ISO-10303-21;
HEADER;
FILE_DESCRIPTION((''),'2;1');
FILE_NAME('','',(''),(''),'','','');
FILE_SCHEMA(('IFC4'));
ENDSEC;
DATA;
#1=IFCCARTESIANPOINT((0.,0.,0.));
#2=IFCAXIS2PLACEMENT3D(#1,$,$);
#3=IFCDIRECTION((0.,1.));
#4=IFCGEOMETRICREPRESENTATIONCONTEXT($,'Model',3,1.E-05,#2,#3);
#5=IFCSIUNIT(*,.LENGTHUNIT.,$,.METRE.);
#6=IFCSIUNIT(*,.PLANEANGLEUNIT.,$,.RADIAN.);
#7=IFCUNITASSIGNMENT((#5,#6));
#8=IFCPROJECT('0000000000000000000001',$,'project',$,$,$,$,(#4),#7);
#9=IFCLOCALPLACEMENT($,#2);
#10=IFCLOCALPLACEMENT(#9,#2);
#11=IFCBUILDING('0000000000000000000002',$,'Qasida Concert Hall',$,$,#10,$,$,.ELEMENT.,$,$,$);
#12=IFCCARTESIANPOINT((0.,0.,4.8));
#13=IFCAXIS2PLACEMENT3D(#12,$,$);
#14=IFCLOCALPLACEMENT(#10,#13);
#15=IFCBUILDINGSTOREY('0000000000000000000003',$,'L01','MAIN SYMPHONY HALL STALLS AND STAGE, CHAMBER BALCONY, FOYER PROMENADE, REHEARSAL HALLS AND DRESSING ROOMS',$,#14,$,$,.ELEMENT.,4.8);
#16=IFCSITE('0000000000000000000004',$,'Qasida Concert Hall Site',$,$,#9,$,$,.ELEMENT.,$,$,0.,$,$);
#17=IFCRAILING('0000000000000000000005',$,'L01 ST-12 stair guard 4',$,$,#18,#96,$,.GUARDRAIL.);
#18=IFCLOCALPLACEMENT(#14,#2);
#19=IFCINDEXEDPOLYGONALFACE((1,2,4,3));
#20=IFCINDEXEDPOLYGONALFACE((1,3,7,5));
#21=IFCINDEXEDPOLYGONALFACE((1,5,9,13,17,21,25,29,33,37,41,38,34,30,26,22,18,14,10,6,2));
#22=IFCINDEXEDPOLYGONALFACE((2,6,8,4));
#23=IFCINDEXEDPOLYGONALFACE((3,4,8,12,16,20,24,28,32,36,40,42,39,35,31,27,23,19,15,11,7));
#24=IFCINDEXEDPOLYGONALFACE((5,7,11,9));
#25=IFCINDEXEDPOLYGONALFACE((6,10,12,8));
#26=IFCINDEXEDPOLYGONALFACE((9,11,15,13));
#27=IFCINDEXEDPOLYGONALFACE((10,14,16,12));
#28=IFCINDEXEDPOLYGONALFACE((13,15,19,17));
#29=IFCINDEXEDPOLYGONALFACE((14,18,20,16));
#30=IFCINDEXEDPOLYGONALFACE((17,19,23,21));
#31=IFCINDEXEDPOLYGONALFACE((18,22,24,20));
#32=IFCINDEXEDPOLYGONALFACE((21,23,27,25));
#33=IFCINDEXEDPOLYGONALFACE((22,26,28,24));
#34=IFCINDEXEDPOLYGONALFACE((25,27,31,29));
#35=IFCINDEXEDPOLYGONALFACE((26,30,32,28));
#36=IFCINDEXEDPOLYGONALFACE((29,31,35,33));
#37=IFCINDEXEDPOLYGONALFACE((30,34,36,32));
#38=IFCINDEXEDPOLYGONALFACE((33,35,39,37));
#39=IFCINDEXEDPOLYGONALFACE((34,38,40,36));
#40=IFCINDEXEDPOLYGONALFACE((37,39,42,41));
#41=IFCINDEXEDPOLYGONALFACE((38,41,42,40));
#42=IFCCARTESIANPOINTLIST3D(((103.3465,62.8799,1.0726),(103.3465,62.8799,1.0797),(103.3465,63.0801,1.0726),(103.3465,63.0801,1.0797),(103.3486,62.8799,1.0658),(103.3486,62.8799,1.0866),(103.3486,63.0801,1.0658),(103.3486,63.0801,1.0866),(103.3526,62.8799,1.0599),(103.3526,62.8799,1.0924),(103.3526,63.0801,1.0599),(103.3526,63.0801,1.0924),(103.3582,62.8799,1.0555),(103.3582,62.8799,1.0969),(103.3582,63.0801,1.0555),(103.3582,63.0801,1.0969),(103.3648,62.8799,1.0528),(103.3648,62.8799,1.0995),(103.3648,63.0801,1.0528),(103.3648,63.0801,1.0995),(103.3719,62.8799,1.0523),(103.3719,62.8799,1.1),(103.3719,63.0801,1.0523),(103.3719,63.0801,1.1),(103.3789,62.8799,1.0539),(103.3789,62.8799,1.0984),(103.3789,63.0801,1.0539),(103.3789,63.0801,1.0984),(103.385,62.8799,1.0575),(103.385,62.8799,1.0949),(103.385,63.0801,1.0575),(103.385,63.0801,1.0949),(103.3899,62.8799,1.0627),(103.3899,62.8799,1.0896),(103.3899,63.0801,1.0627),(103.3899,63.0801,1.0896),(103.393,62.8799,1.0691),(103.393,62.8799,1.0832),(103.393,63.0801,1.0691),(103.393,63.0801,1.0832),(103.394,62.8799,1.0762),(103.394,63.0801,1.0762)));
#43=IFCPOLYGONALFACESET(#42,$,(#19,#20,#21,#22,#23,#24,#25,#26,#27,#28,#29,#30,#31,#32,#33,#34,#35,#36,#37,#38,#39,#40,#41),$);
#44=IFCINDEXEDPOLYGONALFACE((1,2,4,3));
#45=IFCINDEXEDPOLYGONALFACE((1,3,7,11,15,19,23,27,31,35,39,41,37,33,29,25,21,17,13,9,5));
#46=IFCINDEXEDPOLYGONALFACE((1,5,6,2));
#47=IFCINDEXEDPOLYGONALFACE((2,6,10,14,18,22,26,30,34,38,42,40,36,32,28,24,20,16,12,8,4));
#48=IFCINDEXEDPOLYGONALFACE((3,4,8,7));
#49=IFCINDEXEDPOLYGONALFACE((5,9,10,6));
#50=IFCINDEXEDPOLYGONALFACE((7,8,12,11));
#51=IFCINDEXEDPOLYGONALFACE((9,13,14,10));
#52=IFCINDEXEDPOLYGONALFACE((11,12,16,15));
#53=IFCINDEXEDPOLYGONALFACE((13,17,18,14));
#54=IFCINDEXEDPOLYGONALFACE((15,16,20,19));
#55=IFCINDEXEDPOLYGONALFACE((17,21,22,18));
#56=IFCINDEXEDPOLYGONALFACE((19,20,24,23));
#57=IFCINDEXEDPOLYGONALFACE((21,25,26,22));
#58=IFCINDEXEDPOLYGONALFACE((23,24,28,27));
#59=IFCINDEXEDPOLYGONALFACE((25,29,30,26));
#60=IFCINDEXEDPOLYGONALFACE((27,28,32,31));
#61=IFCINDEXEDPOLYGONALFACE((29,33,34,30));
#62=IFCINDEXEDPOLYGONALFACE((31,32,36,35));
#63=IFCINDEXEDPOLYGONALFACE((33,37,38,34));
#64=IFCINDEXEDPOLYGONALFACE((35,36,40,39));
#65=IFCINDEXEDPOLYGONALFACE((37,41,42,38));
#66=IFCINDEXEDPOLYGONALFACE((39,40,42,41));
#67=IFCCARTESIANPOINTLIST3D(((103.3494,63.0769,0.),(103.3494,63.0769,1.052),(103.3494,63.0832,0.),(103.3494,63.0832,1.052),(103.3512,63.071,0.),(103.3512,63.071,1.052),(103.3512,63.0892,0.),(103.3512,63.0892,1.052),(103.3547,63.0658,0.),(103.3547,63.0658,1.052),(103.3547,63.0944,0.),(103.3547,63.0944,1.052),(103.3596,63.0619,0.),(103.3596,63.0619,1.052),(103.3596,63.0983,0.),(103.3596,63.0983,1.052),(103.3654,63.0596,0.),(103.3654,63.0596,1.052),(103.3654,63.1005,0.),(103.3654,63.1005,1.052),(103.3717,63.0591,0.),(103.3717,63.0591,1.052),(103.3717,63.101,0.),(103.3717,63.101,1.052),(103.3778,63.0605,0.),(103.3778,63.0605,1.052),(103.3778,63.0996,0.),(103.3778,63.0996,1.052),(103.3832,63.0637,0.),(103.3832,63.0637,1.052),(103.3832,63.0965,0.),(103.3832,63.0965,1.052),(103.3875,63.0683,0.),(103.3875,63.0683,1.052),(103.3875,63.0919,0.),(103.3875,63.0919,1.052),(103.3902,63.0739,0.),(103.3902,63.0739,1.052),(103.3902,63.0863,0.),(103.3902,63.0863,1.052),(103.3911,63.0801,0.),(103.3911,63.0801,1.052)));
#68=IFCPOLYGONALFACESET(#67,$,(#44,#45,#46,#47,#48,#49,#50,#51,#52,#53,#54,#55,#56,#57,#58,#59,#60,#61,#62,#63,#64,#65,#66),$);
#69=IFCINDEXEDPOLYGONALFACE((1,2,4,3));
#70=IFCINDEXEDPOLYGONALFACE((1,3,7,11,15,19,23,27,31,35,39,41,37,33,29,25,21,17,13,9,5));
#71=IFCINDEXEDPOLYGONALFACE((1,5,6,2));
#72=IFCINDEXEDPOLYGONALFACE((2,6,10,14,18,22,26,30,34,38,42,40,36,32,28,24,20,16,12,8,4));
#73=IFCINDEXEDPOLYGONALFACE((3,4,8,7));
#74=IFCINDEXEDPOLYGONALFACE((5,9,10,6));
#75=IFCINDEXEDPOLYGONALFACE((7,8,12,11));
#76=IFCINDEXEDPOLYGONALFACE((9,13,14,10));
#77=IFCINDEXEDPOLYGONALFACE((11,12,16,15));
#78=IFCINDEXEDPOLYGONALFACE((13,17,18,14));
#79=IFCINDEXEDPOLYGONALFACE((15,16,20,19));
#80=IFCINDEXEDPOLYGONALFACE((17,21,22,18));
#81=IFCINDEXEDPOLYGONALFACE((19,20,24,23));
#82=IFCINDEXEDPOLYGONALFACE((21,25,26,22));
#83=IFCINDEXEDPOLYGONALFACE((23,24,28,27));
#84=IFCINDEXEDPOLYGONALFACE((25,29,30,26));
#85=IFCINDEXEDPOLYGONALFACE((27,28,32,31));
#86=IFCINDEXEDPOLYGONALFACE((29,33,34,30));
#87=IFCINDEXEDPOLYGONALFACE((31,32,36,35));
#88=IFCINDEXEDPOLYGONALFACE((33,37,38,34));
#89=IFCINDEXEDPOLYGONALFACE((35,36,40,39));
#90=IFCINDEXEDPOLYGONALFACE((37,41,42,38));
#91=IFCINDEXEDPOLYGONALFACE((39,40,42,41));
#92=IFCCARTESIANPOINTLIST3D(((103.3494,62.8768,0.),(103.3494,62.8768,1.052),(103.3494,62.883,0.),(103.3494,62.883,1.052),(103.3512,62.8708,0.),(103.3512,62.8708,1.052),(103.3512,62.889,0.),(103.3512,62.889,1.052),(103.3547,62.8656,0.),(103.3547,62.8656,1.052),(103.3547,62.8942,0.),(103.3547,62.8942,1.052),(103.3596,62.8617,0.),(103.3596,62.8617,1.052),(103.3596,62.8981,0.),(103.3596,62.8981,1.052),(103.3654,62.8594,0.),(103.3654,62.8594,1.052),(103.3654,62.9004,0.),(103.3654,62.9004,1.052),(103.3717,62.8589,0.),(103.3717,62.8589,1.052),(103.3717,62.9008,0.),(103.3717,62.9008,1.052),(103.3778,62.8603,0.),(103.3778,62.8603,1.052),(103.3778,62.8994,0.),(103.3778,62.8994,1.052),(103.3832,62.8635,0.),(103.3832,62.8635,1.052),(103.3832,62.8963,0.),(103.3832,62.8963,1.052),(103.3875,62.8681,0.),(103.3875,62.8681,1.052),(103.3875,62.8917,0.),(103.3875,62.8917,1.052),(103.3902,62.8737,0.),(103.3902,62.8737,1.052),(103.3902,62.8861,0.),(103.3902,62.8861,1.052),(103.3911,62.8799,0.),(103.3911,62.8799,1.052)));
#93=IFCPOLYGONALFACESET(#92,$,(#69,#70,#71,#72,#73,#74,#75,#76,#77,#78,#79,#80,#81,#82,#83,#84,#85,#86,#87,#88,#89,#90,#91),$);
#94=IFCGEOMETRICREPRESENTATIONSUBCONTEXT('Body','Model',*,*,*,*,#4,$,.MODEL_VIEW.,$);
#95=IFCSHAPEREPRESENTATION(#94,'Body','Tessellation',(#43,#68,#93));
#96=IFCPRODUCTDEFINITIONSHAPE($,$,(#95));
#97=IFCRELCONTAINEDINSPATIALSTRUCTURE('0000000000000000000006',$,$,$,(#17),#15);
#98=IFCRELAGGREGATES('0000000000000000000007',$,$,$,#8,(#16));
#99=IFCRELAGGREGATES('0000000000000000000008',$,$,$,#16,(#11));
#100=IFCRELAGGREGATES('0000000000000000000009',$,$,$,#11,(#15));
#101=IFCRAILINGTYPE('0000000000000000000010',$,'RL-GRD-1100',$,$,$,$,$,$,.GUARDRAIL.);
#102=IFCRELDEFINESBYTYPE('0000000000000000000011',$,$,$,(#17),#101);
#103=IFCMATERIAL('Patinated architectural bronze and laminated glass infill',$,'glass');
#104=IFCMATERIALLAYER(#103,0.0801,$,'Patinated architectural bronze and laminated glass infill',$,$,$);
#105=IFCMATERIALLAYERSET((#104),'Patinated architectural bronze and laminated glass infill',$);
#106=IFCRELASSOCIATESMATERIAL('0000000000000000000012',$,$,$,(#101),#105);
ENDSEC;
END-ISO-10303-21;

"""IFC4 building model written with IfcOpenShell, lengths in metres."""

from ifc_helpers import new_model, si_unit, direction, frame, origin, origin_2d, place, context, subcontext, project, spatial, circle, extrude, material, layer, layer_set, type_object, element, save


model = new_model("IFC4")

# Units and contexts
model_context = context("Model", 3, precision=1e-05, world=origin(), true_north=direction((0.0, 1.0)))
body_context = subcontext(model_context, "Body", "Model", "MODEL_VIEW")
ifc_project = project(units=[si_unit("LENGTHUNIT", "METRE"), si_unit("PLANEANGLEUNIT", "RADIAN")], contexts=[model_context])

# Site, building, storey
site_placement = place(None, origin())
site = spatial("IfcSite", under=ifc_project, at=site_placement, Name="Qasida Concert Hall Site", CompositionType="ELEMENT", RefElevation=0.0)
building_placement = place(site_placement, origin())
building = spatial("IfcBuilding", under=site, at=building_placement, Name="Qasida Concert Hall", CompositionType="ELEMENT")
storey_placement = place(building_placement, frame((0.0, 0.0, 4.8)))
storey = spatial("IfcBuildingStorey", under=building, at=storey_placement, Name="L01", Description="MAIN SYMPHONY HALL STALLS AND STAGE, CHAMBER BALCONY, FOYER PROMENADE, REHEARSAL HALLS AND DRESSING ROOMS", CompositionType="ELEMENT", Elevation=4.8)

# Railing
ifc_material_1 = material(Name="Patinated architectural bronze and laminated glass infill", Category="glass")
ifc_layer_1 = layer(ifc_material_1, 0.0801, Name="Patinated architectural bronze and laminated glass infill")
ifc_layer_set_1 = layer_set([ifc_layer_1], Name="Patinated architectural bronze and laminated glass infill")
railing_type_1 = type_object("IfcRailingType", Name="RL-GRD-1100", PredefinedType="GUARDRAIL", material=ifc_layer_set_1)
railing_1_placement = place(storey_placement, frame((103.3701, 63.0801, 0.0)))
element("IfcRailing", 1, at=railing_1_placement, inside=storey, type_object=railing_type_1, Name="L01 ST-12 stair guard 4", PredefinedType="GUARDRAIL", context=body_context, shape_type="SweptSolid", body=[
    extrude(circle(Radius=0.0239, at=origin_2d()), frame((0.0, 0.0, 1.0762), z_axis=(0.0, -1.0, 0.0), x_axis=(1.0, 0.0, 0.0)), (0.0, 0.0, 1.0), 0.2002),
    extrude(circle(Radius=0.021, at=origin_2d()), origin(), (0.0, 0.0, 1.0), 1.052),
    extrude(circle(Radius=0.021, at=origin_2d()), frame((0.0, -0.2002, 0.0)), (0.0, 0.0, 1.0), 1.052),
])

save(model, "model.ifc")
